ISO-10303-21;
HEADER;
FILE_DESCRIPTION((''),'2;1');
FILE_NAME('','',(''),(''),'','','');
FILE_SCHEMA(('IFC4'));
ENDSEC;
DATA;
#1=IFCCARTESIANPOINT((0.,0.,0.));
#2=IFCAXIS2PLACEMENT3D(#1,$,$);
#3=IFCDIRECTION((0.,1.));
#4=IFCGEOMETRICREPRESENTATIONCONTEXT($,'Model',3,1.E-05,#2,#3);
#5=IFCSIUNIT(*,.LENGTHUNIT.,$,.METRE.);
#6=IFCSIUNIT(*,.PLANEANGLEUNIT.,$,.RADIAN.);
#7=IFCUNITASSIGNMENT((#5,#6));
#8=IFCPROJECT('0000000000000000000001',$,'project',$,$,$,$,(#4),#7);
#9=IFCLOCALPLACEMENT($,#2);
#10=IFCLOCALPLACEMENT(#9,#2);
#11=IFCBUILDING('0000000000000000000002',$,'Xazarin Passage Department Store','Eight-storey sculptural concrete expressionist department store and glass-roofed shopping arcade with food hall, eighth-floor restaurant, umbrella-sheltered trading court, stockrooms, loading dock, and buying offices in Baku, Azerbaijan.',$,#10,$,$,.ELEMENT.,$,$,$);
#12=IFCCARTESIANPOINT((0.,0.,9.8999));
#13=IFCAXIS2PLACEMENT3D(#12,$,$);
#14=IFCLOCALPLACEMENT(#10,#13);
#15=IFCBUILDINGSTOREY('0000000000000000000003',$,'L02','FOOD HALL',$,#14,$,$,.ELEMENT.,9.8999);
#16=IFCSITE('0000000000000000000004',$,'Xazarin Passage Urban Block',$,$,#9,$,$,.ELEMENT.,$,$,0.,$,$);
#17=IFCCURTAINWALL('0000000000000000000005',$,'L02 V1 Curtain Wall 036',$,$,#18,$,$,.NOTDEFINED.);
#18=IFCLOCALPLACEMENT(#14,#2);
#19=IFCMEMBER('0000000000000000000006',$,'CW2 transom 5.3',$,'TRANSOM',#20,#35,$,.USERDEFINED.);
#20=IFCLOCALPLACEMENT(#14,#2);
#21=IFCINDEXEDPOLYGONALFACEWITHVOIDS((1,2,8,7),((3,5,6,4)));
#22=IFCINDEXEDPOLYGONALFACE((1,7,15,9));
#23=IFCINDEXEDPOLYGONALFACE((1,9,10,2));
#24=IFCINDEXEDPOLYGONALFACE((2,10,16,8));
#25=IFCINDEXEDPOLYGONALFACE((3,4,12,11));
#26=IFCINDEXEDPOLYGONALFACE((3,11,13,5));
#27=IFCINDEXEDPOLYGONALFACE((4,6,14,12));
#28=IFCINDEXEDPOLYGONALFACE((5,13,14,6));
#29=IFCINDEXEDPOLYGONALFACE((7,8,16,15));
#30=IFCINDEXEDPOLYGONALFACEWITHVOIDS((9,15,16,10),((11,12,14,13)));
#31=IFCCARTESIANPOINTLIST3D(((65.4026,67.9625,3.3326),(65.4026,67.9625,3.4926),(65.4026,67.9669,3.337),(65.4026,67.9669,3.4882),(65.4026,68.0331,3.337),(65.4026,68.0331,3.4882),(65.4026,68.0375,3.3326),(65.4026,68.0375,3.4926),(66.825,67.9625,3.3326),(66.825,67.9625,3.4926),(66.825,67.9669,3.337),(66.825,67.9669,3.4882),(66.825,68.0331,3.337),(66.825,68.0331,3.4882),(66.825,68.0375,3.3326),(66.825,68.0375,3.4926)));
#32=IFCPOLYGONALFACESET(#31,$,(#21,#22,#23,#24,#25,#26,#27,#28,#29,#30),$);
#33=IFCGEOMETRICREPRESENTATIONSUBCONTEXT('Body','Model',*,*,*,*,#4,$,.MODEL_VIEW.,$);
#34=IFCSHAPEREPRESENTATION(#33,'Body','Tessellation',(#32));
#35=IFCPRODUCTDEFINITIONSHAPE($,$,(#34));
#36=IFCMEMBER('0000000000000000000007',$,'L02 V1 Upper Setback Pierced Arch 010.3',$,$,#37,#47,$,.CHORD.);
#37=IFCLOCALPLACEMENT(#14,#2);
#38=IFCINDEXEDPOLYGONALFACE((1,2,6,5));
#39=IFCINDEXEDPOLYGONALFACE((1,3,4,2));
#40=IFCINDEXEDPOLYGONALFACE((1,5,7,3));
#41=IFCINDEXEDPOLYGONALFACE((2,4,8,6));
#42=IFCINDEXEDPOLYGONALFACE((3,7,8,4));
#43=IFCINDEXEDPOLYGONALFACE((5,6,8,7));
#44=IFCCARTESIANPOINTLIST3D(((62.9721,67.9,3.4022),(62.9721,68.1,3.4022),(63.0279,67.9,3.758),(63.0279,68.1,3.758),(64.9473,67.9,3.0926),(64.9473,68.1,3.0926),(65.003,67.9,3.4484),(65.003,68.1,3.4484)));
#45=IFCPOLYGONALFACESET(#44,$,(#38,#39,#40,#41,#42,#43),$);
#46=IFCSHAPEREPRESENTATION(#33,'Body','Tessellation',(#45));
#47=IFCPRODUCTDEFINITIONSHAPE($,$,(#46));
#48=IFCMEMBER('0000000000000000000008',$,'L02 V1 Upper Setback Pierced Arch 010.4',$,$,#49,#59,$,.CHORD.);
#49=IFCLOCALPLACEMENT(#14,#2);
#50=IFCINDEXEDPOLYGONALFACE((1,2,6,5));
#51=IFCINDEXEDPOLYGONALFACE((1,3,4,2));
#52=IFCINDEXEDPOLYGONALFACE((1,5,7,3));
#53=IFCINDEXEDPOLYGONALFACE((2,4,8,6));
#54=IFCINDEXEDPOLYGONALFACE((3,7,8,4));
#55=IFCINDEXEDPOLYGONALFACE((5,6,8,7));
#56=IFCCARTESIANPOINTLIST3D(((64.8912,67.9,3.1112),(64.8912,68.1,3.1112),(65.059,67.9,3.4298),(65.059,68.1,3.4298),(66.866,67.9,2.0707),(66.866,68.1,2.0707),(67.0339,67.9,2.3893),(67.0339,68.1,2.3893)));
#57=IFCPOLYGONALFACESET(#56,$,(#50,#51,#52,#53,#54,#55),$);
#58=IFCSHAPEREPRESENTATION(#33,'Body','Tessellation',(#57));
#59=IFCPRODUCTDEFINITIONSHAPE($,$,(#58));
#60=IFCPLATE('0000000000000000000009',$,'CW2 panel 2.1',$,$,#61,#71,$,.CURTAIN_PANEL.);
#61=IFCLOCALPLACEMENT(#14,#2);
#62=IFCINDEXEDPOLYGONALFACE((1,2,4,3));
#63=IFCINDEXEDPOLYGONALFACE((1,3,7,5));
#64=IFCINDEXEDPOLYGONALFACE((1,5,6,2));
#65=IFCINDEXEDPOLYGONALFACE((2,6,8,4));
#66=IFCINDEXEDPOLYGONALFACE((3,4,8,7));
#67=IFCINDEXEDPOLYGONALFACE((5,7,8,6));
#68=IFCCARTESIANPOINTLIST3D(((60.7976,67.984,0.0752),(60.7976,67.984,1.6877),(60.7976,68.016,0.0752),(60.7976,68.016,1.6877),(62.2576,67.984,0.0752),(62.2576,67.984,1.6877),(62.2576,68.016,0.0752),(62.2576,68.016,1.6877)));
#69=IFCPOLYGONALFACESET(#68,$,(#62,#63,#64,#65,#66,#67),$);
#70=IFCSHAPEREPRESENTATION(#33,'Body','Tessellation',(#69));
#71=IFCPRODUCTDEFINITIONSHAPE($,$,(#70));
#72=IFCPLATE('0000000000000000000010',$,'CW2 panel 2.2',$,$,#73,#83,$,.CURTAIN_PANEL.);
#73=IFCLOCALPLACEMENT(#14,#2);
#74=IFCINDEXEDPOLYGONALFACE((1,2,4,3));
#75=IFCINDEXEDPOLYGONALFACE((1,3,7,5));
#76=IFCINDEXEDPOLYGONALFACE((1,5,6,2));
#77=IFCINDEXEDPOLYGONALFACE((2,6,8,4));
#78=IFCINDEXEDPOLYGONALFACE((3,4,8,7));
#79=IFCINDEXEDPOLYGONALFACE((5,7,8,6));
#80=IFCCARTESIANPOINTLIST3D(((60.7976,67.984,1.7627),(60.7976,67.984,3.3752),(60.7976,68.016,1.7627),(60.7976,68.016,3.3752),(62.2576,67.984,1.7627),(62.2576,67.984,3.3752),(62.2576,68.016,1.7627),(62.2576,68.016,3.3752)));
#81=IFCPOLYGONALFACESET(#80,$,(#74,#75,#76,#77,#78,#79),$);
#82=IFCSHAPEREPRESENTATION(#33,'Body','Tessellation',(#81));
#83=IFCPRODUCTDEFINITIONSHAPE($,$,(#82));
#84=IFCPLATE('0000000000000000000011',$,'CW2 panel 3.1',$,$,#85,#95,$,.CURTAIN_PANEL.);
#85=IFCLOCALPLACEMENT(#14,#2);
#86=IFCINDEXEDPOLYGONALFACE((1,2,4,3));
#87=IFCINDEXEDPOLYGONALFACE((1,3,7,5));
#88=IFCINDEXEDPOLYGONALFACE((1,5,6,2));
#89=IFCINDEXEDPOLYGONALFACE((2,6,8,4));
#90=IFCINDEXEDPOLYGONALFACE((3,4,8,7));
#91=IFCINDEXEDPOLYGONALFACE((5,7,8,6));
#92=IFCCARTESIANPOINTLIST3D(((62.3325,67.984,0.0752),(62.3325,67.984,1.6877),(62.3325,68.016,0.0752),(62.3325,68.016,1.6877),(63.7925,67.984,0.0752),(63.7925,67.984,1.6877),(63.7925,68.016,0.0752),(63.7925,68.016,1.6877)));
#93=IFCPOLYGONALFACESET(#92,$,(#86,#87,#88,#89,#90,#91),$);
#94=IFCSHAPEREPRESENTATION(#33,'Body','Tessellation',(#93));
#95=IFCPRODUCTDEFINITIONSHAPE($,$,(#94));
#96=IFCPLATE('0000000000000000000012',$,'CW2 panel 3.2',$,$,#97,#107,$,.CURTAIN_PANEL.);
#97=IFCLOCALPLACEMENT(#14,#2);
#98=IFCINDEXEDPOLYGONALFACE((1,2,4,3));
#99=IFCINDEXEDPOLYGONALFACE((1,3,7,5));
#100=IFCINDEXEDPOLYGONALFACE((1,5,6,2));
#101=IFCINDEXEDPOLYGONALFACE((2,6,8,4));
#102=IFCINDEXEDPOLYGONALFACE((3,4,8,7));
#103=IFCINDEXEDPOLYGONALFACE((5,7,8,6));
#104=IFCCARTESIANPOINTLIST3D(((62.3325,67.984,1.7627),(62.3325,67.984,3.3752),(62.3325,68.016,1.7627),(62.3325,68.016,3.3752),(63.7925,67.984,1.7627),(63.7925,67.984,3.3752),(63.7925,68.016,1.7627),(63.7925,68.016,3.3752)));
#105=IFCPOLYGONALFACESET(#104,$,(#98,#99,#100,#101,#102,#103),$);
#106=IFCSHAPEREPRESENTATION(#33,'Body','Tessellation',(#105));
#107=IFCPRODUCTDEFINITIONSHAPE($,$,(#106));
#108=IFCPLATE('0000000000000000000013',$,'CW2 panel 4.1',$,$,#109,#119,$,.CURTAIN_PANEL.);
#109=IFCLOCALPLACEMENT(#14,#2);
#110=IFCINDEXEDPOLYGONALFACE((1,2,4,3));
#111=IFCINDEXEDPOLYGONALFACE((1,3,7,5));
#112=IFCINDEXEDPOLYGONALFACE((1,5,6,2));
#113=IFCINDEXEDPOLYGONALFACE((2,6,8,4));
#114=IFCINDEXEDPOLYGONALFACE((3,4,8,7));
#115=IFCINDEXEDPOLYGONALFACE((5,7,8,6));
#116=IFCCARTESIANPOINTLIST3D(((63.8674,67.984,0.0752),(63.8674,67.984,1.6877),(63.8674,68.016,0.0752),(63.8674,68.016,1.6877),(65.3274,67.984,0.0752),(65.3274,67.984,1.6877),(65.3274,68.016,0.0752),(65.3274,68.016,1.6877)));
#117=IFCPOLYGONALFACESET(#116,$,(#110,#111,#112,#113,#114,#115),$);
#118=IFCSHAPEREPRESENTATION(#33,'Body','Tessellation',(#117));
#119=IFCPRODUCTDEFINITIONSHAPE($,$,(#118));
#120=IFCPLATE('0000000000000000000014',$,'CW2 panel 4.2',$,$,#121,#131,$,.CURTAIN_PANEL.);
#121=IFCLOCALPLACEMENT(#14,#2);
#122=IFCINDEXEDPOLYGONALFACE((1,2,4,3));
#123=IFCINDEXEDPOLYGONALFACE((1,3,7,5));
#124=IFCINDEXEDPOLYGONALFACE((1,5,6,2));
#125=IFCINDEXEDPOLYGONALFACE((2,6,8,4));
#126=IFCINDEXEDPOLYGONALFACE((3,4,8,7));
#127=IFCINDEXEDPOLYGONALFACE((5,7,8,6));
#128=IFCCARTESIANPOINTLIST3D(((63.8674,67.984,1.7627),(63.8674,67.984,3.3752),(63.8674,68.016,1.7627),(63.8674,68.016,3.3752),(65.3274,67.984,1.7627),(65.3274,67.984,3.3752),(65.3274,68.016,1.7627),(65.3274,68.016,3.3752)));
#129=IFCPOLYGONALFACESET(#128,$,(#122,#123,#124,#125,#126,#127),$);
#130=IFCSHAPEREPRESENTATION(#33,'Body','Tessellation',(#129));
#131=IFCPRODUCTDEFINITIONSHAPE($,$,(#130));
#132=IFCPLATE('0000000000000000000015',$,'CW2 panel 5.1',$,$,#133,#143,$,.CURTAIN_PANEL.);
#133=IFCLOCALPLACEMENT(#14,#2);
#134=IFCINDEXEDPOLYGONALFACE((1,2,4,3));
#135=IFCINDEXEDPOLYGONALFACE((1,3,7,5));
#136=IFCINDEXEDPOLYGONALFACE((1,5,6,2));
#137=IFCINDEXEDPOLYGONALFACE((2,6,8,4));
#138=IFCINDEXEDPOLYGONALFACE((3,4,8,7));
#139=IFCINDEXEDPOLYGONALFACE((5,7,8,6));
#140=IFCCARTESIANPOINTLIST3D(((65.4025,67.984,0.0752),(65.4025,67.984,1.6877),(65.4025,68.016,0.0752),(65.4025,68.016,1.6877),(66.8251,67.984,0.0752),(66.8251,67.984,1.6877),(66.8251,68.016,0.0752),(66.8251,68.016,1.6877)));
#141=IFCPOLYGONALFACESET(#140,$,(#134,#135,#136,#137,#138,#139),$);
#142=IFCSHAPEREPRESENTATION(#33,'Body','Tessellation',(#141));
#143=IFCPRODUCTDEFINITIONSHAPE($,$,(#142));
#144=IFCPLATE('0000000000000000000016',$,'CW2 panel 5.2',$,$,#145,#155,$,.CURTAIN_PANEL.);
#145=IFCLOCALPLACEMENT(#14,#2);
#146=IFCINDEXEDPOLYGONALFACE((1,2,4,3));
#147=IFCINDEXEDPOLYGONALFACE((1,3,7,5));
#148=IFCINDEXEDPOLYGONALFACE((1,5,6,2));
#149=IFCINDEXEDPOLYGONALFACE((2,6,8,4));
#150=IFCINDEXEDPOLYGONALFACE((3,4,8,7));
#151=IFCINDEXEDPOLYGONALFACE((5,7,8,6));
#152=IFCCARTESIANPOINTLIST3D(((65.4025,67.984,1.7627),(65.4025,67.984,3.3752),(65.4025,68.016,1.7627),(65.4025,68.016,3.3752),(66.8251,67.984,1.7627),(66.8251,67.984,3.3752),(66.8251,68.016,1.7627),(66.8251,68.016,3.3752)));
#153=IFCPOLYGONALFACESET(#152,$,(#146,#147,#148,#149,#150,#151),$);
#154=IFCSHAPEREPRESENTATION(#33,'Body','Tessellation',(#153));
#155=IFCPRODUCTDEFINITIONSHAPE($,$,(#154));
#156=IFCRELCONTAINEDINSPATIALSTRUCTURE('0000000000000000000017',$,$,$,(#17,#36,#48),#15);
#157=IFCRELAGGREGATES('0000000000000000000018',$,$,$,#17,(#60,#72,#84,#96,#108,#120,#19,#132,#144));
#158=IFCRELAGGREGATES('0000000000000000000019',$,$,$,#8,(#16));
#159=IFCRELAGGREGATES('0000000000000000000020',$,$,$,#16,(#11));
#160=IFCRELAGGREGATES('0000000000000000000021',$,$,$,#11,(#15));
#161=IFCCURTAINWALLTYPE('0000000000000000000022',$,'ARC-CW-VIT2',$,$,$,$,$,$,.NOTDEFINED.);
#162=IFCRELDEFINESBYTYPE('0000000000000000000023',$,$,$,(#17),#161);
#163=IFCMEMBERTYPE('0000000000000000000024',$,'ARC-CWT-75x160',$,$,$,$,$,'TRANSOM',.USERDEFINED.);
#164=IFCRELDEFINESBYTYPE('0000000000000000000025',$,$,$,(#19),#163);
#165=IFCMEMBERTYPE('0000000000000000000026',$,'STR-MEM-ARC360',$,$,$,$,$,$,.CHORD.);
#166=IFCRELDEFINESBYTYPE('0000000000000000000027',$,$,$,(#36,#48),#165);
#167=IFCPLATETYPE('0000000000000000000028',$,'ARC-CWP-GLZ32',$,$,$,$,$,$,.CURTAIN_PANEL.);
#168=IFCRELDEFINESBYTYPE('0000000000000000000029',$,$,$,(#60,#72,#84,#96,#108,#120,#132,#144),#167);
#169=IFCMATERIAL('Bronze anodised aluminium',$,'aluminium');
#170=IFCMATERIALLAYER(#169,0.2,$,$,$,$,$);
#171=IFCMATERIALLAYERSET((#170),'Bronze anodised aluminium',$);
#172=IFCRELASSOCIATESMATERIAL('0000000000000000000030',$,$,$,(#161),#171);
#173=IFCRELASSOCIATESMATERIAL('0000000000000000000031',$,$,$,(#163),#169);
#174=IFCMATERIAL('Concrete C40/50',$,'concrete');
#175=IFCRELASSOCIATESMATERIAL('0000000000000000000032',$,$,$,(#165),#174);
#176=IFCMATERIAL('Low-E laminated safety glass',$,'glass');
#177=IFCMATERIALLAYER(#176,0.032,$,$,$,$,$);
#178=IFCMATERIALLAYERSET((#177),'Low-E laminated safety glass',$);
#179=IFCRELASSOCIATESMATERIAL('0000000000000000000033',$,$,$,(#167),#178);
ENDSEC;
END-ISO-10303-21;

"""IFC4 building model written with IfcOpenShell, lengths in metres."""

from ifc_helpers import new_model, si_unit, direction, frame, origin, origin_2d, place, context, subcontext, project, spatial, rectangle, hollow_rectangle, extrude, material, layer, layer_set, material_profile, profile_set, type_object, element, aggregate, save


model = new_model("IFC4")

# Units and contexts
model_context = context("Model", 3, precision=1e-05, world=origin(), true_north=direction((0.0, 1.0)))
body_context = subcontext(model_context, "Body", "Model", "MODEL_VIEW")
ifc_project = project(units=[si_unit("LENGTHUNIT", "METRE"), si_unit("PLANEANGLEUNIT", "RADIAN")], contexts=[model_context])

# Site, building, storey
site_placement = place(None, origin())
site = spatial("IfcSite", under=ifc_project, at=site_placement, Name="Xazarin Passage Urban Block", CompositionType="ELEMENT", RefElevation=0.0)
building_placement = place(site_placement, origin())
building = spatial("IfcBuilding", under=site, at=building_placement, Name="Xazarin Passage Department Store", Description="Eight-storey sculptural concrete expressionist department store and glass-roofed shopping arcade with food hall, eighth-floor restaurant, umbrella-sheltered trading court, stockrooms, loading dock, and buying offices in Baku, Azerbaijan.", CompositionType="ELEMENT")
storey_placement = place(building_placement, frame((0.0, 0.0, 9.8999)))
storey = spatial("IfcBuildingStorey", under=building, at=storey_placement, Name="L02", Description="FOOD HALL", CompositionType="ELEMENT", Elevation=9.8999)

# Curtain wall, member
ifc_material_1 = material(Name="Bronze anodised aluminium", Category="aluminium")
ifc_layer_1 = layer(ifc_material_1, 0.2)
ifc_layer_set_1 = layer_set([ifc_layer_1], Name="Bronze anodised aluminium")
curtain_wall_type = type_object("IfcCurtainWallType", Name="ARC-CW-VIT2", PredefinedType="NOTDEFINED", material=ifc_layer_set_1)
curtain_wall_placement = place(storey_placement, origin())
curtain_wall = element("IfcCurtainWall", 1, at=curtain_wall_placement, inside=storey, type_object=curtain_wall_type, Name="L02 V1 Curtain Wall 036", PredefinedType="NOTDEFINED")
ifc_material_profile_1 = material_profile(ifc_material_1, hollow_rectangle(XDim=0.075, YDim=0.1599, WallThickness=0.0044, at=origin_2d()), Name="ALU 75x160")
ifc_profile_set_1 = profile_set([ifc_material_profile_1], Name="Bronze anodised aluminium")
member_type_1 = type_object("IfcMemberType", Name="ARC-CWT-75x160", ElementType="TRANSOM", PredefinedType="USERDEFINED", material=ifc_profile_set_1)
member_1_placement = place(storey_placement, frame((65.4026, 68.0, 3.4126), z_axis=(1.0, 0.0, 0.0), x_axis=(0.0, 1.0, 0.0)))
member_1 = element("IfcMember", 2, at=member_1_placement, type_object=member_type_1, Name="CW2 transom 5.3", ObjectType="TRANSOM", PredefinedType="USERDEFINED", context=body_context, shape_type="SweptSolid", body=[
    extrude(hollow_rectangle(XDim=0.075, YDim=0.1599, WallThickness=0.0044, at=origin_2d()), origin(), (0.0, 0.0, 1.0), 1.4224),
])

# Members
ifc_material_2 = material(Name="Concrete C40/50", Category="concrete")
ifc_material_profile_2 = material_profile(ifc_material_2, rectangle(XDim=0.2, YDim=0.3601, at=origin_2d()), Name="RC 200x360")
ifc_profile_set_2 = profile_set([ifc_material_profile_2], Name="Concrete C40/50")
member_type_2 = type_object("IfcMemberType", Name="STR-MEM-ARC360", PredefinedType="CHORD", material=ifc_profile_set_2)
member_2_placement = place(storey_placement, frame((63.0, 68.0, 3.5801), z_axis=(0.987939, 0.0, -0.154846), x_axis=(0.0, 1.0, 0.0)))
element("IfcMember", 3, at=member_2_placement, inside=storey, type_object=member_type_2, Name="L02 V1 Upper Setback Pierced Arch 010.3", PredefinedType="CHORD", context=body_context, shape_type="SweptSolid", body=[
    extrude(rectangle(XDim=0.2, YDim=0.3601, at=origin_2d()), origin(), (0.0, 0.0, 1.0), 1.9993),
])
member_3_placement = place(storey_placement, frame((64.9751, 68.0, 3.2705), z_axis=(0.884709, 0.0, -0.466143), x_axis=(0.0, 1.0, 0.0)))
element("IfcMember", 4, at=member_3_placement, inside=storey, type_object=member_type_2, Name="L02 V1 Upper Setback Pierced Arch 010.4", PredefinedType="CHORD", context=body_context, shape_type="SweptSolid", body=[
    extrude(rectangle(XDim=0.2, YDim=0.3601, at=origin_2d()), origin(), (0.0, 0.0, 1.0), 2.2322),
])

# Plates
ifc_material_3 = material(Name="Low-E laminated safety glass", Category="glass")
ifc_layer_2 = layer(ifc_material_3, 0.032)
ifc_layer_set_2 = layer_set([ifc_layer_2], Name="Low-E laminated safety glass")
plate_type = type_object("IfcPlateType", Name="ARC-CWP-GLZ32", PredefinedType="CURTAIN_PANEL", material=ifc_layer_set_2)
plate_1_placement = place(storey_placement, frame((61.5276, 68.0, 0.0752), z_axis=(0.0, 0.0, 1.0), x_axis=(1.0, 0.0, 0.0)))
plate_1 = element("IfcPlate", 5, at=plate_1_placement, type_object=plate_type, Name="CW2 panel 2.1", PredefinedType="CURTAIN_PANEL", context=body_context, shape_type="SweptSolid", body=[
    extrude(rectangle(XDim=1.46, YDim=0.032, at=origin_2d()), origin(), (0.0, 0.0, 1.0), 1.6125),
])
plate_2_placement = place(storey_placement, frame((61.5276, 68.0, 1.7627), z_axis=(0.0, 0.0, 1.0), x_axis=(1.0, 0.0, 0.0)))
plate_2 = element("IfcPlate", 6, at=plate_2_placement, type_object=plate_type, Name="CW2 panel 2.2", PredefinedType="CURTAIN_PANEL", context=body_context, shape_type="SweptSolid", body=[
    extrude(rectangle(XDim=1.46, YDim=0.032, at=origin_2d()), origin(), (0.0, 0.0, 1.0), 1.6125),
])
plate_3_placement = place(storey_placement, frame((63.0625, 68.0, 0.0752), z_axis=(0.0, 0.0, 1.0), x_axis=(1.0, 0.0, 0.0)))
plate_3 = element("IfcPlate", 7, at=plate_3_placement, type_object=plate_type, Name="CW2 panel 3.1", PredefinedType="CURTAIN_PANEL", context=body_context, shape_type="SweptSolid", body=[
    extrude(rectangle(XDim=1.46, YDim=0.032, at=origin_2d()), origin(), (0.0, 0.0, 1.0), 1.6125),
])
plate_4_placement = place(storey_placement, frame((63.0625, 68.0, 1.7627), z_axis=(0.0, 0.0, 1.0), x_axis=(1.0, 0.0, 0.0)))
plate_4 = element("IfcPlate", 8, at=plate_4_placement, type_object=plate_type, Name="CW2 panel 3.2", PredefinedType="CURTAIN_PANEL", context=body_context, shape_type="SweptSolid", body=[
    extrude(rectangle(XDim=1.46, YDim=0.032, at=origin_2d()), origin(), (0.0, 0.0, 1.0), 1.6125),
])
plate_5_placement = place(storey_placement, frame((64.5974, 68.0, 0.0752), z_axis=(0.0, 0.0, 1.0), x_axis=(1.0, 0.0, 0.0)))
plate_5 = element("IfcPlate", 9, at=plate_5_placement, type_object=plate_type, Name="CW2 panel 4.1", PredefinedType="CURTAIN_PANEL", context=body_context, shape_type="SweptSolid", body=[
    extrude(rectangle(XDim=1.46, YDim=0.032, at=origin_2d()), origin(), (0.0, 0.0, 1.0), 1.6125),
])
plate_6_placement = place(storey_placement, frame((64.5974, 68.0, 1.7627), z_axis=(0.0, 0.0, 1.0), x_axis=(1.0, 0.0, 0.0)))
plate_6 = element("IfcPlate", 10, at=plate_6_placement, type_object=plate_type, Name="CW2 panel 4.2", PredefinedType="CURTAIN_PANEL", context=body_context, shape_type="SweptSolid", body=[
    extrude(rectangle(XDim=1.46, YDim=0.032, at=origin_2d()), origin(), (0.0, 0.0, 1.0), 1.6125),
])
plate_7_placement = place(storey_placement, frame((66.1138, 68.0, 0.0752), z_axis=(0.0, 0.0, 1.0), x_axis=(1.0, 0.0, 0.0)))
plate_7 = element("IfcPlate", 11, at=plate_7_placement, type_object=plate_type, Name="CW2 panel 5.1", PredefinedType="CURTAIN_PANEL", context=body_context, shape_type="SweptSolid", body=[
    extrude(rectangle(XDim=1.4226, YDim=0.032, at=origin_2d()), origin(), (0.0, 0.0, 1.0), 1.6125),
])
plate_8_placement = place(storey_placement, frame((66.1138, 68.0, 1.7627), z_axis=(0.0, 0.0, 1.0), x_axis=(1.0, 0.0, 0.0)))
plate_8 = element("IfcPlate", 12, at=plate_8_placement, type_object=plate_type, Name="CW2 panel 5.2", PredefinedType="CURTAIN_PANEL", context=body_context, shape_type="SweptSolid", body=[
    extrude(rectangle(XDim=1.4226, YDim=0.032, at=origin_2d()), origin(), (0.0, 0.0, 1.0), 1.6125),
])
aggregate(curtain_wall, [plate_1, plate_2, plate_3, plate_4, plate_5, plate_6, member_1, plate_7, plate_8])

save(model, "model.ifc")
